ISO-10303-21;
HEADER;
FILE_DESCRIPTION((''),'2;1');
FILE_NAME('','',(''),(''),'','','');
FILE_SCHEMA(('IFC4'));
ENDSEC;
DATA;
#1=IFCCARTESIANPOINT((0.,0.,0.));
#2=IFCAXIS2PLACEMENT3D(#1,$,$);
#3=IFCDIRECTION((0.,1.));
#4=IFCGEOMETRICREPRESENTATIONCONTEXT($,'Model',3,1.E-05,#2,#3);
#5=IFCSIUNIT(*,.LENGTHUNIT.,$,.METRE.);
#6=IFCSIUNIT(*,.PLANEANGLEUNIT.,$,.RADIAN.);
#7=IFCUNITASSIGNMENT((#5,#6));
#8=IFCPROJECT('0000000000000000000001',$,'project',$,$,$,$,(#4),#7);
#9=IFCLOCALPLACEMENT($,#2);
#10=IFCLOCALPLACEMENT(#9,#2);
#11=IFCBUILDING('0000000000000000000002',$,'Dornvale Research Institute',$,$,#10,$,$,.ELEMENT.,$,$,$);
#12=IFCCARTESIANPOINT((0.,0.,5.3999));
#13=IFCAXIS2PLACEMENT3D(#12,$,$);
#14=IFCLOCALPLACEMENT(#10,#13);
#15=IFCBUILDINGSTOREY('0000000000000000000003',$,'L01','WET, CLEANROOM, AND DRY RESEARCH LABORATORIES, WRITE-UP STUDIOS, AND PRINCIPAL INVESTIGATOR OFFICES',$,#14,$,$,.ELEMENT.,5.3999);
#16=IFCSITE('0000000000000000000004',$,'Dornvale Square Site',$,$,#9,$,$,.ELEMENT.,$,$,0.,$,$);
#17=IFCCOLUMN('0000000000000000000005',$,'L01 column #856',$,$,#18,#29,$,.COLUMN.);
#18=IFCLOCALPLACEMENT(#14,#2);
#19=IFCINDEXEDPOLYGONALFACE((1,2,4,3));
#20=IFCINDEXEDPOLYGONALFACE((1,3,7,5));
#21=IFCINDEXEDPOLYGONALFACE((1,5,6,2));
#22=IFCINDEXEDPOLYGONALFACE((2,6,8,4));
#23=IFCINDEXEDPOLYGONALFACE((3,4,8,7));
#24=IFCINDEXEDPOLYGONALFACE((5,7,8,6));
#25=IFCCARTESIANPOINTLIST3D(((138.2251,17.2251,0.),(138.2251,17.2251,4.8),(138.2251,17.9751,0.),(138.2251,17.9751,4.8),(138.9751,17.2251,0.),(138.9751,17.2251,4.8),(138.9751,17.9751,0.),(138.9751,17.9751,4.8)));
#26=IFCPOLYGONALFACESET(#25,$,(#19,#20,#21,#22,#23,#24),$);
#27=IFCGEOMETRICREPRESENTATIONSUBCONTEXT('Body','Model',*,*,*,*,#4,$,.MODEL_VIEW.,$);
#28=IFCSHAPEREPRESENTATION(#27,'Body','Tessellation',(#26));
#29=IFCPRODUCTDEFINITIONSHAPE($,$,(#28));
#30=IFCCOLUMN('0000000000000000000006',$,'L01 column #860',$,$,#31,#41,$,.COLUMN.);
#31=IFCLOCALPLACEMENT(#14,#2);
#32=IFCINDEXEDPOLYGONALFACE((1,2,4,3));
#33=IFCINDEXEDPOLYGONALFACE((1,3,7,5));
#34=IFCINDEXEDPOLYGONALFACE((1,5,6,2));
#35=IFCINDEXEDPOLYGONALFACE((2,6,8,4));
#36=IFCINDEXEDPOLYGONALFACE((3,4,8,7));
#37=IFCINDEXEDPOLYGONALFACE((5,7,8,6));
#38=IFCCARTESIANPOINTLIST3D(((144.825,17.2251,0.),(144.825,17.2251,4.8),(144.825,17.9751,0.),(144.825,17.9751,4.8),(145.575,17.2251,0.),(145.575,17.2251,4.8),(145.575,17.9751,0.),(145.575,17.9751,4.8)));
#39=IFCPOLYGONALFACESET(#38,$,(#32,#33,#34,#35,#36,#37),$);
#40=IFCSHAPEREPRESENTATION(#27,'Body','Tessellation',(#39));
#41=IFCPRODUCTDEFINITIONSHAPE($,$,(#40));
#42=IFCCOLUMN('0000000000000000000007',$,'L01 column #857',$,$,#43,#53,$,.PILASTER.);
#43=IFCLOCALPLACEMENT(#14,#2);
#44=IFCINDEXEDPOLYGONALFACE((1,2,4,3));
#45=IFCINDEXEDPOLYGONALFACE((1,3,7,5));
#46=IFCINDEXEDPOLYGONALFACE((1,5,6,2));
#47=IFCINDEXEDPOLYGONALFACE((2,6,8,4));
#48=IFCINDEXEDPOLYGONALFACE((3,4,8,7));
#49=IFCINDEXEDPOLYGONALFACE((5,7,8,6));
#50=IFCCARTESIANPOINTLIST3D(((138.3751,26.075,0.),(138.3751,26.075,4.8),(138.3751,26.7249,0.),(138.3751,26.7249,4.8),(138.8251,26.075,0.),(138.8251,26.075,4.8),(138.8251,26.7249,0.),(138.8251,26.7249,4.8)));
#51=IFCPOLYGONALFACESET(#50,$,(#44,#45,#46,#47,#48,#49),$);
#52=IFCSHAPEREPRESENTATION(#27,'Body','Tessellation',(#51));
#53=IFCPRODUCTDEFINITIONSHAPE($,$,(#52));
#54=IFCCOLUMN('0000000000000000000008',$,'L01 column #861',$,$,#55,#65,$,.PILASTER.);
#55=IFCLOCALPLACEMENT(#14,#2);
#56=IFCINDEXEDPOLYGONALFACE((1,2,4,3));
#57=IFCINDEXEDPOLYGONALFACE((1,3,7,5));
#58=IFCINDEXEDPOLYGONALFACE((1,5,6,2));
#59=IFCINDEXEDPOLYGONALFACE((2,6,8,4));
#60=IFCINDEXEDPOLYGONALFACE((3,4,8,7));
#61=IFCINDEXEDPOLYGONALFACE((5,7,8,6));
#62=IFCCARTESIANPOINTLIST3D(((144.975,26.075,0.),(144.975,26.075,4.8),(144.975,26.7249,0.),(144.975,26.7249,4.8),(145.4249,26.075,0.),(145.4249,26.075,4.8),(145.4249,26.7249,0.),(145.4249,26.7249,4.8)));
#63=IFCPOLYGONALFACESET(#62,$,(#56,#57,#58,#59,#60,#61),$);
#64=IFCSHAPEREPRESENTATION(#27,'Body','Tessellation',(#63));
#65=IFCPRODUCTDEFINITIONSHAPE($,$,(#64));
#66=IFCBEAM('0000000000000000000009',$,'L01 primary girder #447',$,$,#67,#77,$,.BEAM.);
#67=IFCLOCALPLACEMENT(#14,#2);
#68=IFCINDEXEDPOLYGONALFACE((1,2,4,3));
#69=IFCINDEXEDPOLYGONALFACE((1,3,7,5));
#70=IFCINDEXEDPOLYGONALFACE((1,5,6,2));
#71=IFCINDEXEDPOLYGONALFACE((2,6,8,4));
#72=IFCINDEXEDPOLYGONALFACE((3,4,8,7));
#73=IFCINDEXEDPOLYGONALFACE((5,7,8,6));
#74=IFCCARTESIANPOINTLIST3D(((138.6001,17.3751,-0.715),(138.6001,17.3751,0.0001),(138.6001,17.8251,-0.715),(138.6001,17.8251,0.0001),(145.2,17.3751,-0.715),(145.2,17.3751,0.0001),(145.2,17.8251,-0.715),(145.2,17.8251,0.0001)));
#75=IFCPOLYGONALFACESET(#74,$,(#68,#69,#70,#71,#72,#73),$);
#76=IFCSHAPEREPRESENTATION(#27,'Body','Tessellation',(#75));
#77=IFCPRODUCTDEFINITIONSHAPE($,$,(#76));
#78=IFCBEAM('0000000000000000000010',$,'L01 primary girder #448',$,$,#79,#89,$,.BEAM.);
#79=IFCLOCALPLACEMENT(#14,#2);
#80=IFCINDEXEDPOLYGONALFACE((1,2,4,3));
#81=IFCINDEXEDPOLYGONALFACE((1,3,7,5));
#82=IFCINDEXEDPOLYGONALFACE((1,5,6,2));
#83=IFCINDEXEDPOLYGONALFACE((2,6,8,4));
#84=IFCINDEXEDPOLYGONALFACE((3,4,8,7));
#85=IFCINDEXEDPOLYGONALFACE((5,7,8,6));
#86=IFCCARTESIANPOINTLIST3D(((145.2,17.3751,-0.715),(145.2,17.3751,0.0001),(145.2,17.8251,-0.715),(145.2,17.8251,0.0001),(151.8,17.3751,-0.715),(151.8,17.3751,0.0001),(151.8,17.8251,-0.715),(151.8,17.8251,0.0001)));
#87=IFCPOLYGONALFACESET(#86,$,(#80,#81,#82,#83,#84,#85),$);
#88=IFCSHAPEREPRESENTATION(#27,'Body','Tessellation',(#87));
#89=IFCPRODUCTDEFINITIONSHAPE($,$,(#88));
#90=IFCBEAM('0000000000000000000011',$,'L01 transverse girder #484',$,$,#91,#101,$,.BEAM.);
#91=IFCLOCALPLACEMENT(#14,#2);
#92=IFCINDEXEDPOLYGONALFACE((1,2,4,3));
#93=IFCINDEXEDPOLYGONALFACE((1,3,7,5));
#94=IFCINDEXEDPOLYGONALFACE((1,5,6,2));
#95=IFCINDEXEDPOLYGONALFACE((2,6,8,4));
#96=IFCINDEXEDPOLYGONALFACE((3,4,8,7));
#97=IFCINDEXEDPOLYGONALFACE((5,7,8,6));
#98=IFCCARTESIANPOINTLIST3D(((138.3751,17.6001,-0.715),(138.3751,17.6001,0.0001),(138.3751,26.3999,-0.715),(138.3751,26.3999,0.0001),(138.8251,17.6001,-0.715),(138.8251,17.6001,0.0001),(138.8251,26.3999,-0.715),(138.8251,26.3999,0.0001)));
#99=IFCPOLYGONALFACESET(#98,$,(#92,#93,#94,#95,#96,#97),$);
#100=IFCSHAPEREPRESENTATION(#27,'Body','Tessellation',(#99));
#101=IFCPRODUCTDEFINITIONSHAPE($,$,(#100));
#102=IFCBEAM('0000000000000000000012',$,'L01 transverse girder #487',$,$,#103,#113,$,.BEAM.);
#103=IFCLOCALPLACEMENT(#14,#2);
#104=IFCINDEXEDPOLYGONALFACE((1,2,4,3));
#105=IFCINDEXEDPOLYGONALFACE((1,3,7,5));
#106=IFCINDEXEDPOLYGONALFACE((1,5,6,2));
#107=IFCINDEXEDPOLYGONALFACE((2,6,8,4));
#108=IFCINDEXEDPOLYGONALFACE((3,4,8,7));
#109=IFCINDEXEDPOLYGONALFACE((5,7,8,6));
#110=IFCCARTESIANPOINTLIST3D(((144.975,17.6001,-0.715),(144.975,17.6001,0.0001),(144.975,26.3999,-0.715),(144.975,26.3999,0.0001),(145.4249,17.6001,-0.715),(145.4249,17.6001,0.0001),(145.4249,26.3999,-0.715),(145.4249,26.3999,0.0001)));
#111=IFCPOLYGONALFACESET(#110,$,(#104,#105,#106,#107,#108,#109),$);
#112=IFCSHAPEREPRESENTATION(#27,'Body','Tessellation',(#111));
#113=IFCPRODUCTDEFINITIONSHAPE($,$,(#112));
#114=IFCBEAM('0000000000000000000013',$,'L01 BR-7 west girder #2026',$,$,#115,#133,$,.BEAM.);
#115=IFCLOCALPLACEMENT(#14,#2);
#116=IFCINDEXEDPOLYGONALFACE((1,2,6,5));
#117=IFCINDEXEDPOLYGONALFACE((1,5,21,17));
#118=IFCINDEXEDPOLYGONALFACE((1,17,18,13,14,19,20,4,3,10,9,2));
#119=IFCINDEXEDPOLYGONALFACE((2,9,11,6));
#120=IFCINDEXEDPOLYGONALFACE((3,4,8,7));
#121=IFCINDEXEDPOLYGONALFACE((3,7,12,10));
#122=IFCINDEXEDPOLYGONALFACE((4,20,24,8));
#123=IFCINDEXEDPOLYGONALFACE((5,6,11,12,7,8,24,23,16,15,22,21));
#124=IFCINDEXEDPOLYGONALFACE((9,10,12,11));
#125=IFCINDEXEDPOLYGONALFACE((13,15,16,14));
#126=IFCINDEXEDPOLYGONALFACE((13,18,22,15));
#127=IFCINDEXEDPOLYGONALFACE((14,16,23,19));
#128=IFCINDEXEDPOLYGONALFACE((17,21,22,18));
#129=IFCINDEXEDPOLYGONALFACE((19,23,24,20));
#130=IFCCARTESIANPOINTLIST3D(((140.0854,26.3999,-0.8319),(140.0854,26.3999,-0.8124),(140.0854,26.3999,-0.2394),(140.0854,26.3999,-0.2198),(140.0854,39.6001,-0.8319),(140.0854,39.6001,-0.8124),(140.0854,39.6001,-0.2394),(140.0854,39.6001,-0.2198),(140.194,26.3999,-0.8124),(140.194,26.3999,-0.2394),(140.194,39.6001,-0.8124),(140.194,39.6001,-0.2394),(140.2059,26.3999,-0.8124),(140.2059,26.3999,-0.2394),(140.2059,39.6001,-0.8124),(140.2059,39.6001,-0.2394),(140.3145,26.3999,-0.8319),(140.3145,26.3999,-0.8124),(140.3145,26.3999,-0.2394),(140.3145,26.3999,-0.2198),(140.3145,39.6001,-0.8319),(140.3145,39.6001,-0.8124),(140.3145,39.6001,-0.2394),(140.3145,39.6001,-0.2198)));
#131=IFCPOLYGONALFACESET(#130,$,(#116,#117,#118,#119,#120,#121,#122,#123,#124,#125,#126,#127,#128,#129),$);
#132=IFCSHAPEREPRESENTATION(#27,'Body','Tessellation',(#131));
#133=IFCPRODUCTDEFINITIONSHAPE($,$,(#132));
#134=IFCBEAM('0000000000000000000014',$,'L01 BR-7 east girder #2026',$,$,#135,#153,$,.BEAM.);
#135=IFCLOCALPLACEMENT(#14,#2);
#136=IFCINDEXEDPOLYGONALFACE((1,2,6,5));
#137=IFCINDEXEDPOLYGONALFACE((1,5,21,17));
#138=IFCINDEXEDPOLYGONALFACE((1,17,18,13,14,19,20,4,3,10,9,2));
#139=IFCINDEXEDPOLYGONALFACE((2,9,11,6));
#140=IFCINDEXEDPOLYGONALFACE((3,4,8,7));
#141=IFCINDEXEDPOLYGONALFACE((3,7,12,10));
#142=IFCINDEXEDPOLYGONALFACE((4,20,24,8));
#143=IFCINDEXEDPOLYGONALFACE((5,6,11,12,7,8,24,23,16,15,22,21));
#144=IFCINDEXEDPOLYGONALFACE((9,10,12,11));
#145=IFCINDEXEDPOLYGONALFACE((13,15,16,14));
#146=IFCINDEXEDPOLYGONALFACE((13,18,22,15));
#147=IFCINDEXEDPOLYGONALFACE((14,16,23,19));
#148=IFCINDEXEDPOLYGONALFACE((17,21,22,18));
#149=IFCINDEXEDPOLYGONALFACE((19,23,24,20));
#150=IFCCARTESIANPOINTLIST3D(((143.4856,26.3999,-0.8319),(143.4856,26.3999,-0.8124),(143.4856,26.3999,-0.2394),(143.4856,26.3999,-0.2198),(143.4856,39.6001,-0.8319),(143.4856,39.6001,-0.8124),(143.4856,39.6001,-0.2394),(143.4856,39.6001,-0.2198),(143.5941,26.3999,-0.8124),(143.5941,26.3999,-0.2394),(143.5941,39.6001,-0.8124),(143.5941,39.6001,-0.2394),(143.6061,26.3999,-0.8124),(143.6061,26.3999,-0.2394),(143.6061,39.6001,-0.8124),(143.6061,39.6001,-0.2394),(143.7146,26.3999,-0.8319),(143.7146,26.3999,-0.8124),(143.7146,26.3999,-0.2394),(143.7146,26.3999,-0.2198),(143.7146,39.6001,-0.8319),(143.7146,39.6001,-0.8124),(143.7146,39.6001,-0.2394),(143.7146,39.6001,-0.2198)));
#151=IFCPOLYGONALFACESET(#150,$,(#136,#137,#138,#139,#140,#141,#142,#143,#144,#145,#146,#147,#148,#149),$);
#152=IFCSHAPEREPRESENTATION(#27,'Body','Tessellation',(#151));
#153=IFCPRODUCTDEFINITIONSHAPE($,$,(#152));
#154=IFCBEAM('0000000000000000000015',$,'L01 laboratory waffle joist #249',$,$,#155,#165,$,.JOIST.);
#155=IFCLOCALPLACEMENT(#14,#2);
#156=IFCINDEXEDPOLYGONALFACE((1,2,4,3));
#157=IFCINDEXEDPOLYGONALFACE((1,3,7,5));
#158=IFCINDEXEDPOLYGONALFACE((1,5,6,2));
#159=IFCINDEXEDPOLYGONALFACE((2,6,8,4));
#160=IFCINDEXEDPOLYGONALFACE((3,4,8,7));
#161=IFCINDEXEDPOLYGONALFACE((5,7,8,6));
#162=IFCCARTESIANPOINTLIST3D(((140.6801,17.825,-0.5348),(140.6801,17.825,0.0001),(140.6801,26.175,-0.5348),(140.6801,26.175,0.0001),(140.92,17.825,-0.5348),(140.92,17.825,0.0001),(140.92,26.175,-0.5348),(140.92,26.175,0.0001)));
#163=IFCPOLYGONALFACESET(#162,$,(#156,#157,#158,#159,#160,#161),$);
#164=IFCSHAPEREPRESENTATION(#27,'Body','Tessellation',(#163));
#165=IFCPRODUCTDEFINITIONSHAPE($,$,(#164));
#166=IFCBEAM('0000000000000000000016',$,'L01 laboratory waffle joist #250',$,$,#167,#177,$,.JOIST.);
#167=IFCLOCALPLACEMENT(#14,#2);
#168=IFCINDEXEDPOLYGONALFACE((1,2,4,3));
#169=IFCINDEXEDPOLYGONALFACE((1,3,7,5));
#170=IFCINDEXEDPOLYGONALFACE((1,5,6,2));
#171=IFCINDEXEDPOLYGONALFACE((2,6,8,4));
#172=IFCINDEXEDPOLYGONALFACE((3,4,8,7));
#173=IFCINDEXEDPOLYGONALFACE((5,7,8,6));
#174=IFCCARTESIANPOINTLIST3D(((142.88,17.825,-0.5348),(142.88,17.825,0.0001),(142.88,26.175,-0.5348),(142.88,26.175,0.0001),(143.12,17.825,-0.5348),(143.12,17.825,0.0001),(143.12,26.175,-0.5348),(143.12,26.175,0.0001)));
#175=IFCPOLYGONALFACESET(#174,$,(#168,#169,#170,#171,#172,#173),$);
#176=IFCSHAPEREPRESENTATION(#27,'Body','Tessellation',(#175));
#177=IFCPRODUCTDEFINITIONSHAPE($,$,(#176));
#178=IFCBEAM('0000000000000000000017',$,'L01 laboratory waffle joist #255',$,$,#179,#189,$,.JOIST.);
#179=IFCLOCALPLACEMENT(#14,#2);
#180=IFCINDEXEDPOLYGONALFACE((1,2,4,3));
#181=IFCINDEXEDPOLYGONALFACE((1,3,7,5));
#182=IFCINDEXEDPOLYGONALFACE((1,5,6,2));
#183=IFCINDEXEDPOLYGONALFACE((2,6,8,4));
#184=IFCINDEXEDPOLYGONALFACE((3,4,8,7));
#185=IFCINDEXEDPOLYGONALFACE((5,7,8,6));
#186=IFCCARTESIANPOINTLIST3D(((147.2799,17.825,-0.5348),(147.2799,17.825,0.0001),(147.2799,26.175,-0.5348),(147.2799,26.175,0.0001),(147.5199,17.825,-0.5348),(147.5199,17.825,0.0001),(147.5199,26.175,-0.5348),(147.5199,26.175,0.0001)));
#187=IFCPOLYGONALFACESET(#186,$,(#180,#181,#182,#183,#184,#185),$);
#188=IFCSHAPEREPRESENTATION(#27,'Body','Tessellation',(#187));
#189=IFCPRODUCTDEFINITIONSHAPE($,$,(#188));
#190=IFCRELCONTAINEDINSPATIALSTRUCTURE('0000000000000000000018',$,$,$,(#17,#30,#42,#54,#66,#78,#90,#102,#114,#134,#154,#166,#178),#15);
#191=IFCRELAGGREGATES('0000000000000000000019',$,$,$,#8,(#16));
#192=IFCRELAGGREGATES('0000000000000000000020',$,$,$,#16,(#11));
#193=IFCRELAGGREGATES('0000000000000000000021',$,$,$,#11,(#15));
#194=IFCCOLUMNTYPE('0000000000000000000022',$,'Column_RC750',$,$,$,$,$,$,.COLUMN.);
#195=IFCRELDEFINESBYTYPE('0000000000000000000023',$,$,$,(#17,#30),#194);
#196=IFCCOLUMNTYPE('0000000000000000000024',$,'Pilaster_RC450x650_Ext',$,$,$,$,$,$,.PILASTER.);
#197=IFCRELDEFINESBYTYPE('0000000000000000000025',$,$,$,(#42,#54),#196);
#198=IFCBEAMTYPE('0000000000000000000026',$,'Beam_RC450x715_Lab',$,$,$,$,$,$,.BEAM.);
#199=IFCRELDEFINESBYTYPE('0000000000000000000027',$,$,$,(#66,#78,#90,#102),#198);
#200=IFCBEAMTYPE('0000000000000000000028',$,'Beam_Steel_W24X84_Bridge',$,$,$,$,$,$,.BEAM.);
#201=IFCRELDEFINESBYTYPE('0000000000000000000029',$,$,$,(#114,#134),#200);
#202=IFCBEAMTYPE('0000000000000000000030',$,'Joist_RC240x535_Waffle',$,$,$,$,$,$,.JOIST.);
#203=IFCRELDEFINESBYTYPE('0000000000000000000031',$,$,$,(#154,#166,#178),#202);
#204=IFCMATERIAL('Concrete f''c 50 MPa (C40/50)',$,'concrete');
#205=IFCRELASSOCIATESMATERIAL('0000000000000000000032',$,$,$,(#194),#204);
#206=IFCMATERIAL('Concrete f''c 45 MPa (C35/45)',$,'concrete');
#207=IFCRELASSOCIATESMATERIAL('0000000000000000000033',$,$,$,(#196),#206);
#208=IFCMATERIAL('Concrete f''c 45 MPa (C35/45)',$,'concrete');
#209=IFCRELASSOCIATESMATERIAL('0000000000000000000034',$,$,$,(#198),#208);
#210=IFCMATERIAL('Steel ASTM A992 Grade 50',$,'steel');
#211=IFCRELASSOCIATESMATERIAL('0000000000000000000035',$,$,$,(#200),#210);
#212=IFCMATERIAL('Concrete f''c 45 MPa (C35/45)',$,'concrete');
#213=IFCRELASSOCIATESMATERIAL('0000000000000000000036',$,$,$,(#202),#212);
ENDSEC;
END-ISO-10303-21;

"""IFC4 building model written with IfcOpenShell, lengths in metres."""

from ifc_helpers import new_model, si_unit, direction, frame, origin, origin_2d, place, context, subcontext, project, spatial, rectangle, i_section, extrude, material, material_profile, profile_set, type_object, element, save


model = new_model("IFC4")

# Units and contexts
model_context = context("Model", 3, precision=1e-05, world=origin(), true_north=direction((0.0, 1.0)))
body_context = subcontext(model_context, "Body", "Model", "MODEL_VIEW")
ifc_project = project(units=[si_unit("LENGTHUNIT", "METRE"), si_unit("PLANEANGLEUNIT", "RADIAN")], contexts=[model_context])

# Site, building, storey
site_placement = place(None, origin())
site = spatial("IfcSite", under=ifc_project, at=site_placement, Name="Dornvale Square Site", CompositionType="ELEMENT", RefElevation=0.0)
building_placement = place(site_placement, origin())
building = spatial("IfcBuilding", under=site, at=building_placement, Name="Dornvale Research Institute", CompositionType="ELEMENT")
storey_placement = place(building_placement, frame((0.0, 0.0, 5.3999)))
storey = spatial("IfcBuildingStorey", under=building, at=storey_placement, Name="L01", Description="WET, CLEANROOM, AND DRY RESEARCH LABORATORIES, WRITE-UP STUDIOS, AND PRINCIPAL INVESTIGATOR OFFICES", CompositionType="ELEMENT", Elevation=5.3999)

# Columns
ifc_material_1 = material(Name="Concrete f'c 50 MPa (C40/50)", Category="concrete")
ifc_material_profile_1 = material_profile(ifc_material_1, rectangle(XDim=0.75, YDim=0.75, at=origin_2d()), Name="RC 750x750")
ifc_profile_set_1 = profile_set([ifc_material_profile_1], Name="Concrete f'c 50 MPa (C40/50)")
column_type_1 = type_object("IfcColumnType", Name="Column_RC750", PredefinedType="COLUMN", material=ifc_profile_set_1)
for number, where, z_axis, x_axis, name in (
    (1, (138.6001, 17.6001, 0.0), (0.0, 0.0, 1.0), (1.0, 0.0, 0.0), "L01 column #856"),
    (2, (145.2, 17.6001, 0.0), (0.0, 0.0, 1.0), (1.0, 0.0, 0.0), "L01 column #860"),
):
    element("IfcColumn", number, at=place(storey_placement, frame(where, z_axis=z_axis, x_axis=x_axis)), inside=storey, type_object=column_type_1, Name=name, PredefinedType="COLUMN", context=body_context, shape_type="SweptSolid", body=[
        extrude(rectangle(XDim=0.75, YDim=0.75, at=origin_2d()), origin(), (0.0, 0.0, 1.0), 4.8),
    ])
ifc_material_2 = material(Name="Concrete f'c 45 MPa (C35/45)", Category="concrete")
ifc_material_profile_2 = material_profile(ifc_material_2, rectangle(XDim=0.45, YDim=0.6499, at=origin_2d()), Name="RC 450x650")
ifc_profile_set_2 = profile_set([ifc_material_profile_2], Name="Concrete f'c 45 MPa (C35/45)")
column_type_2 = type_object("IfcColumnType", Name="Pilaster_RC450x650_Ext", PredefinedType="PILASTER", material=ifc_profile_set_2)
for number, where, z_axis, x_axis, name in (
    (3, (138.6001, 26.3999, 0.0), (0.0, 0.0, 1.0), (1.0, 0.0, 0.0), "L01 column #857"),
    (4, (145.2, 26.3999, 0.0), (0.0, 0.0, 1.0), (1.0, 0.0, 0.0), "L01 column #861"),
):
    element("IfcColumn", number, at=place(storey_placement, frame(where, z_axis=z_axis, x_axis=x_axis)), inside=storey, type_object=column_type_2, Name=name, PredefinedType="PILASTER", context=body_context, shape_type="SweptSolid", body=[
        extrude(rectangle(XDim=0.45, YDim=0.6499, at=origin_2d()), origin(), (0.0, 0.0, 1.0), 4.8),
    ])

# Beams
ifc_material_3 = material(Name="Concrete f'c 45 MPa (C35/45)", Category="concrete")
ifc_material_profile_3 = material_profile(ifc_material_3, rectangle(XDim=0.45, YDim=0.7151, at=origin_2d()), Name="RC 450x715")
ifc_profile_set_3 = profile_set([ifc_material_profile_3], Name="Concrete f'c 45 MPa (C35/45)")
beam_type_1 = type_object("IfcBeamType", Name="Beam_RC450x715_Lab", PredefinedType="BEAM", material=ifc_profile_set_3)
beam_1_placement = place(storey_placement, frame((138.6001, 17.6001, -0.3574), z_axis=(1.0, 0.0, 0.0), x_axis=(0.0, 1.0, 0.0)))
element("IfcBeam", 5, at=beam_1_placement, inside=storey, type_object=beam_type_1, Name="L01 primary girder #447", PredefinedType="BEAM", context=body_context, shape_type="SweptSolid", body=[
    extrude(rectangle(XDim=0.45, YDim=0.7151, at=origin_2d()), origin(), (0.0, 0.0, 1.0), 6.5999),
])
beam_2_placement = place(storey_placement, frame((145.2, 17.6001, -0.3574), z_axis=(1.0, 0.0, 0.0), x_axis=(0.0, 1.0, 0.0)))
element("IfcBeam", 6, at=beam_2_placement, inside=storey, type_object=beam_type_1, Name="L01 primary girder #448", PredefinedType="BEAM", context=body_context, shape_type="SweptSolid", body=[
    extrude(rectangle(XDim=0.45, YDim=0.7151, at=origin_2d()), origin(), (0.0, 0.0, 1.0), 6.6001),
])
for number, where, z_axis, x_axis, name in (
    (7, (138.6001, 17.6001, -0.3574), (0.0, 1.0, 0.0), (-1.0, 0.0, 0.0), "L01 transverse girder #484"),
    (8, (145.2, 17.6001, -0.3574), (0.0, 1.0, 0.0), (-1.0, 0.0, 0.0), "L01 transverse girder #487"),
):
    element("IfcBeam", number, at=place(storey_placement, frame(where, z_axis=z_axis, x_axis=x_axis)), inside=storey, type_object=beam_type_1, Name=name, PredefinedType="BEAM", context=body_context, shape_type="SweptSolid", body=[
        extrude(rectangle(XDim=0.45, YDim=0.7151, at=origin_2d()), origin(), (0.0, 0.0, 1.0), 8.7998),
    ])
ifc_material_4 = material(Name="Steel ASTM A992 Grade 50", Category="steel")
ifc_material_profile_4 = material_profile(ifc_material_4, i_section(OverallWidth=0.229, OverallDepth=0.6121, WebThickness=0.012, FlangeThickness=0.0195, at=origin_2d()), Name="W24X84")
ifc_profile_set_4 = profile_set([ifc_material_profile_4], Name="Steel ASTM A992 Grade 50")
beam_type_2 = type_object("IfcBeamType", Name="Beam_Steel_W24X84_Bridge", PredefinedType="BEAM", material=ifc_profile_set_4)
for number, where, z_axis, x_axis, name in (
    (9, (140.2, 26.3999, -0.5259), (0.0, 1.0, 0.0), (-1.0, 0.0, 0.0), "L01 BR-7 west girder #2026"),
    (10, (143.6001, 26.3999, -0.5259), (0.0, 1.0, 0.0), (-1.0, 0.0, 0.0), "L01 BR-7 east girder #2026"),
):
    element("IfcBeam", number, at=place(storey_placement, frame(where, z_axis=z_axis, x_axis=x_axis)), inside=storey, type_object=beam_type_2, Name=name, PredefinedType="BEAM", context=body_context, shape_type="SweptSolid", body=[
        extrude(i_section(OverallWidth=0.229, OverallDepth=0.6121, WebThickness=0.012, FlangeThickness=0.0195, at=origin_2d()), origin(), (0.0, 0.0, 1.0), 13.2002),
    ])
ifc_material_5 = material(Name="Concrete f'c 45 MPa (C35/45)", Category="concrete")
ifc_material_profile_5 = material_profile(ifc_material_5, rectangle(XDim=0.24, YDim=0.5349, at=origin_2d()), Name="RC 240x535")
ifc_profile_set_5 = profile_set([ifc_material_profile_5], Name="Concrete f'c 45 MPa (C35/45)")
beam_type_3 = type_object("IfcBeamType", Name="Joist_RC240x535_Waffle", PredefinedType="JOIST", material=ifc_profile_set_5)
for number, where, z_axis, x_axis, name in (
    (11, (140.8, 17.825, -0.2673), (0.0, 1.0, 0.0), (-1.0, 0.0, 0.0), "L01 laboratory waffle joist #249"),
    (12, (143.0, 17.825, -0.2673), (0.0, 1.0, 0.0), (-1.0, 0.0, 0.0), "L01 laboratory waffle joist #250"),
    (13, (147.3999, 17.825, -0.2673), (0.0, 1.0, 0.0), (-1.0, 0.0, 0.0), "L01 laboratory waffle joist #255"),
):
    element("IfcBeam", number, at=place(storey_placement, frame(where, z_axis=z_axis, x_axis=x_axis)), inside=storey, type_object=beam_type_3, Name=name, PredefinedType="JOIST", context=body_context, shape_type="SweptSolid", body=[
        extrude(rectangle(XDim=0.24, YDim=0.5349, at=origin_2d()), origin(), (0.0, 0.0, 1.0), 8.3501),
    ])

save(model, "model.ifc")
